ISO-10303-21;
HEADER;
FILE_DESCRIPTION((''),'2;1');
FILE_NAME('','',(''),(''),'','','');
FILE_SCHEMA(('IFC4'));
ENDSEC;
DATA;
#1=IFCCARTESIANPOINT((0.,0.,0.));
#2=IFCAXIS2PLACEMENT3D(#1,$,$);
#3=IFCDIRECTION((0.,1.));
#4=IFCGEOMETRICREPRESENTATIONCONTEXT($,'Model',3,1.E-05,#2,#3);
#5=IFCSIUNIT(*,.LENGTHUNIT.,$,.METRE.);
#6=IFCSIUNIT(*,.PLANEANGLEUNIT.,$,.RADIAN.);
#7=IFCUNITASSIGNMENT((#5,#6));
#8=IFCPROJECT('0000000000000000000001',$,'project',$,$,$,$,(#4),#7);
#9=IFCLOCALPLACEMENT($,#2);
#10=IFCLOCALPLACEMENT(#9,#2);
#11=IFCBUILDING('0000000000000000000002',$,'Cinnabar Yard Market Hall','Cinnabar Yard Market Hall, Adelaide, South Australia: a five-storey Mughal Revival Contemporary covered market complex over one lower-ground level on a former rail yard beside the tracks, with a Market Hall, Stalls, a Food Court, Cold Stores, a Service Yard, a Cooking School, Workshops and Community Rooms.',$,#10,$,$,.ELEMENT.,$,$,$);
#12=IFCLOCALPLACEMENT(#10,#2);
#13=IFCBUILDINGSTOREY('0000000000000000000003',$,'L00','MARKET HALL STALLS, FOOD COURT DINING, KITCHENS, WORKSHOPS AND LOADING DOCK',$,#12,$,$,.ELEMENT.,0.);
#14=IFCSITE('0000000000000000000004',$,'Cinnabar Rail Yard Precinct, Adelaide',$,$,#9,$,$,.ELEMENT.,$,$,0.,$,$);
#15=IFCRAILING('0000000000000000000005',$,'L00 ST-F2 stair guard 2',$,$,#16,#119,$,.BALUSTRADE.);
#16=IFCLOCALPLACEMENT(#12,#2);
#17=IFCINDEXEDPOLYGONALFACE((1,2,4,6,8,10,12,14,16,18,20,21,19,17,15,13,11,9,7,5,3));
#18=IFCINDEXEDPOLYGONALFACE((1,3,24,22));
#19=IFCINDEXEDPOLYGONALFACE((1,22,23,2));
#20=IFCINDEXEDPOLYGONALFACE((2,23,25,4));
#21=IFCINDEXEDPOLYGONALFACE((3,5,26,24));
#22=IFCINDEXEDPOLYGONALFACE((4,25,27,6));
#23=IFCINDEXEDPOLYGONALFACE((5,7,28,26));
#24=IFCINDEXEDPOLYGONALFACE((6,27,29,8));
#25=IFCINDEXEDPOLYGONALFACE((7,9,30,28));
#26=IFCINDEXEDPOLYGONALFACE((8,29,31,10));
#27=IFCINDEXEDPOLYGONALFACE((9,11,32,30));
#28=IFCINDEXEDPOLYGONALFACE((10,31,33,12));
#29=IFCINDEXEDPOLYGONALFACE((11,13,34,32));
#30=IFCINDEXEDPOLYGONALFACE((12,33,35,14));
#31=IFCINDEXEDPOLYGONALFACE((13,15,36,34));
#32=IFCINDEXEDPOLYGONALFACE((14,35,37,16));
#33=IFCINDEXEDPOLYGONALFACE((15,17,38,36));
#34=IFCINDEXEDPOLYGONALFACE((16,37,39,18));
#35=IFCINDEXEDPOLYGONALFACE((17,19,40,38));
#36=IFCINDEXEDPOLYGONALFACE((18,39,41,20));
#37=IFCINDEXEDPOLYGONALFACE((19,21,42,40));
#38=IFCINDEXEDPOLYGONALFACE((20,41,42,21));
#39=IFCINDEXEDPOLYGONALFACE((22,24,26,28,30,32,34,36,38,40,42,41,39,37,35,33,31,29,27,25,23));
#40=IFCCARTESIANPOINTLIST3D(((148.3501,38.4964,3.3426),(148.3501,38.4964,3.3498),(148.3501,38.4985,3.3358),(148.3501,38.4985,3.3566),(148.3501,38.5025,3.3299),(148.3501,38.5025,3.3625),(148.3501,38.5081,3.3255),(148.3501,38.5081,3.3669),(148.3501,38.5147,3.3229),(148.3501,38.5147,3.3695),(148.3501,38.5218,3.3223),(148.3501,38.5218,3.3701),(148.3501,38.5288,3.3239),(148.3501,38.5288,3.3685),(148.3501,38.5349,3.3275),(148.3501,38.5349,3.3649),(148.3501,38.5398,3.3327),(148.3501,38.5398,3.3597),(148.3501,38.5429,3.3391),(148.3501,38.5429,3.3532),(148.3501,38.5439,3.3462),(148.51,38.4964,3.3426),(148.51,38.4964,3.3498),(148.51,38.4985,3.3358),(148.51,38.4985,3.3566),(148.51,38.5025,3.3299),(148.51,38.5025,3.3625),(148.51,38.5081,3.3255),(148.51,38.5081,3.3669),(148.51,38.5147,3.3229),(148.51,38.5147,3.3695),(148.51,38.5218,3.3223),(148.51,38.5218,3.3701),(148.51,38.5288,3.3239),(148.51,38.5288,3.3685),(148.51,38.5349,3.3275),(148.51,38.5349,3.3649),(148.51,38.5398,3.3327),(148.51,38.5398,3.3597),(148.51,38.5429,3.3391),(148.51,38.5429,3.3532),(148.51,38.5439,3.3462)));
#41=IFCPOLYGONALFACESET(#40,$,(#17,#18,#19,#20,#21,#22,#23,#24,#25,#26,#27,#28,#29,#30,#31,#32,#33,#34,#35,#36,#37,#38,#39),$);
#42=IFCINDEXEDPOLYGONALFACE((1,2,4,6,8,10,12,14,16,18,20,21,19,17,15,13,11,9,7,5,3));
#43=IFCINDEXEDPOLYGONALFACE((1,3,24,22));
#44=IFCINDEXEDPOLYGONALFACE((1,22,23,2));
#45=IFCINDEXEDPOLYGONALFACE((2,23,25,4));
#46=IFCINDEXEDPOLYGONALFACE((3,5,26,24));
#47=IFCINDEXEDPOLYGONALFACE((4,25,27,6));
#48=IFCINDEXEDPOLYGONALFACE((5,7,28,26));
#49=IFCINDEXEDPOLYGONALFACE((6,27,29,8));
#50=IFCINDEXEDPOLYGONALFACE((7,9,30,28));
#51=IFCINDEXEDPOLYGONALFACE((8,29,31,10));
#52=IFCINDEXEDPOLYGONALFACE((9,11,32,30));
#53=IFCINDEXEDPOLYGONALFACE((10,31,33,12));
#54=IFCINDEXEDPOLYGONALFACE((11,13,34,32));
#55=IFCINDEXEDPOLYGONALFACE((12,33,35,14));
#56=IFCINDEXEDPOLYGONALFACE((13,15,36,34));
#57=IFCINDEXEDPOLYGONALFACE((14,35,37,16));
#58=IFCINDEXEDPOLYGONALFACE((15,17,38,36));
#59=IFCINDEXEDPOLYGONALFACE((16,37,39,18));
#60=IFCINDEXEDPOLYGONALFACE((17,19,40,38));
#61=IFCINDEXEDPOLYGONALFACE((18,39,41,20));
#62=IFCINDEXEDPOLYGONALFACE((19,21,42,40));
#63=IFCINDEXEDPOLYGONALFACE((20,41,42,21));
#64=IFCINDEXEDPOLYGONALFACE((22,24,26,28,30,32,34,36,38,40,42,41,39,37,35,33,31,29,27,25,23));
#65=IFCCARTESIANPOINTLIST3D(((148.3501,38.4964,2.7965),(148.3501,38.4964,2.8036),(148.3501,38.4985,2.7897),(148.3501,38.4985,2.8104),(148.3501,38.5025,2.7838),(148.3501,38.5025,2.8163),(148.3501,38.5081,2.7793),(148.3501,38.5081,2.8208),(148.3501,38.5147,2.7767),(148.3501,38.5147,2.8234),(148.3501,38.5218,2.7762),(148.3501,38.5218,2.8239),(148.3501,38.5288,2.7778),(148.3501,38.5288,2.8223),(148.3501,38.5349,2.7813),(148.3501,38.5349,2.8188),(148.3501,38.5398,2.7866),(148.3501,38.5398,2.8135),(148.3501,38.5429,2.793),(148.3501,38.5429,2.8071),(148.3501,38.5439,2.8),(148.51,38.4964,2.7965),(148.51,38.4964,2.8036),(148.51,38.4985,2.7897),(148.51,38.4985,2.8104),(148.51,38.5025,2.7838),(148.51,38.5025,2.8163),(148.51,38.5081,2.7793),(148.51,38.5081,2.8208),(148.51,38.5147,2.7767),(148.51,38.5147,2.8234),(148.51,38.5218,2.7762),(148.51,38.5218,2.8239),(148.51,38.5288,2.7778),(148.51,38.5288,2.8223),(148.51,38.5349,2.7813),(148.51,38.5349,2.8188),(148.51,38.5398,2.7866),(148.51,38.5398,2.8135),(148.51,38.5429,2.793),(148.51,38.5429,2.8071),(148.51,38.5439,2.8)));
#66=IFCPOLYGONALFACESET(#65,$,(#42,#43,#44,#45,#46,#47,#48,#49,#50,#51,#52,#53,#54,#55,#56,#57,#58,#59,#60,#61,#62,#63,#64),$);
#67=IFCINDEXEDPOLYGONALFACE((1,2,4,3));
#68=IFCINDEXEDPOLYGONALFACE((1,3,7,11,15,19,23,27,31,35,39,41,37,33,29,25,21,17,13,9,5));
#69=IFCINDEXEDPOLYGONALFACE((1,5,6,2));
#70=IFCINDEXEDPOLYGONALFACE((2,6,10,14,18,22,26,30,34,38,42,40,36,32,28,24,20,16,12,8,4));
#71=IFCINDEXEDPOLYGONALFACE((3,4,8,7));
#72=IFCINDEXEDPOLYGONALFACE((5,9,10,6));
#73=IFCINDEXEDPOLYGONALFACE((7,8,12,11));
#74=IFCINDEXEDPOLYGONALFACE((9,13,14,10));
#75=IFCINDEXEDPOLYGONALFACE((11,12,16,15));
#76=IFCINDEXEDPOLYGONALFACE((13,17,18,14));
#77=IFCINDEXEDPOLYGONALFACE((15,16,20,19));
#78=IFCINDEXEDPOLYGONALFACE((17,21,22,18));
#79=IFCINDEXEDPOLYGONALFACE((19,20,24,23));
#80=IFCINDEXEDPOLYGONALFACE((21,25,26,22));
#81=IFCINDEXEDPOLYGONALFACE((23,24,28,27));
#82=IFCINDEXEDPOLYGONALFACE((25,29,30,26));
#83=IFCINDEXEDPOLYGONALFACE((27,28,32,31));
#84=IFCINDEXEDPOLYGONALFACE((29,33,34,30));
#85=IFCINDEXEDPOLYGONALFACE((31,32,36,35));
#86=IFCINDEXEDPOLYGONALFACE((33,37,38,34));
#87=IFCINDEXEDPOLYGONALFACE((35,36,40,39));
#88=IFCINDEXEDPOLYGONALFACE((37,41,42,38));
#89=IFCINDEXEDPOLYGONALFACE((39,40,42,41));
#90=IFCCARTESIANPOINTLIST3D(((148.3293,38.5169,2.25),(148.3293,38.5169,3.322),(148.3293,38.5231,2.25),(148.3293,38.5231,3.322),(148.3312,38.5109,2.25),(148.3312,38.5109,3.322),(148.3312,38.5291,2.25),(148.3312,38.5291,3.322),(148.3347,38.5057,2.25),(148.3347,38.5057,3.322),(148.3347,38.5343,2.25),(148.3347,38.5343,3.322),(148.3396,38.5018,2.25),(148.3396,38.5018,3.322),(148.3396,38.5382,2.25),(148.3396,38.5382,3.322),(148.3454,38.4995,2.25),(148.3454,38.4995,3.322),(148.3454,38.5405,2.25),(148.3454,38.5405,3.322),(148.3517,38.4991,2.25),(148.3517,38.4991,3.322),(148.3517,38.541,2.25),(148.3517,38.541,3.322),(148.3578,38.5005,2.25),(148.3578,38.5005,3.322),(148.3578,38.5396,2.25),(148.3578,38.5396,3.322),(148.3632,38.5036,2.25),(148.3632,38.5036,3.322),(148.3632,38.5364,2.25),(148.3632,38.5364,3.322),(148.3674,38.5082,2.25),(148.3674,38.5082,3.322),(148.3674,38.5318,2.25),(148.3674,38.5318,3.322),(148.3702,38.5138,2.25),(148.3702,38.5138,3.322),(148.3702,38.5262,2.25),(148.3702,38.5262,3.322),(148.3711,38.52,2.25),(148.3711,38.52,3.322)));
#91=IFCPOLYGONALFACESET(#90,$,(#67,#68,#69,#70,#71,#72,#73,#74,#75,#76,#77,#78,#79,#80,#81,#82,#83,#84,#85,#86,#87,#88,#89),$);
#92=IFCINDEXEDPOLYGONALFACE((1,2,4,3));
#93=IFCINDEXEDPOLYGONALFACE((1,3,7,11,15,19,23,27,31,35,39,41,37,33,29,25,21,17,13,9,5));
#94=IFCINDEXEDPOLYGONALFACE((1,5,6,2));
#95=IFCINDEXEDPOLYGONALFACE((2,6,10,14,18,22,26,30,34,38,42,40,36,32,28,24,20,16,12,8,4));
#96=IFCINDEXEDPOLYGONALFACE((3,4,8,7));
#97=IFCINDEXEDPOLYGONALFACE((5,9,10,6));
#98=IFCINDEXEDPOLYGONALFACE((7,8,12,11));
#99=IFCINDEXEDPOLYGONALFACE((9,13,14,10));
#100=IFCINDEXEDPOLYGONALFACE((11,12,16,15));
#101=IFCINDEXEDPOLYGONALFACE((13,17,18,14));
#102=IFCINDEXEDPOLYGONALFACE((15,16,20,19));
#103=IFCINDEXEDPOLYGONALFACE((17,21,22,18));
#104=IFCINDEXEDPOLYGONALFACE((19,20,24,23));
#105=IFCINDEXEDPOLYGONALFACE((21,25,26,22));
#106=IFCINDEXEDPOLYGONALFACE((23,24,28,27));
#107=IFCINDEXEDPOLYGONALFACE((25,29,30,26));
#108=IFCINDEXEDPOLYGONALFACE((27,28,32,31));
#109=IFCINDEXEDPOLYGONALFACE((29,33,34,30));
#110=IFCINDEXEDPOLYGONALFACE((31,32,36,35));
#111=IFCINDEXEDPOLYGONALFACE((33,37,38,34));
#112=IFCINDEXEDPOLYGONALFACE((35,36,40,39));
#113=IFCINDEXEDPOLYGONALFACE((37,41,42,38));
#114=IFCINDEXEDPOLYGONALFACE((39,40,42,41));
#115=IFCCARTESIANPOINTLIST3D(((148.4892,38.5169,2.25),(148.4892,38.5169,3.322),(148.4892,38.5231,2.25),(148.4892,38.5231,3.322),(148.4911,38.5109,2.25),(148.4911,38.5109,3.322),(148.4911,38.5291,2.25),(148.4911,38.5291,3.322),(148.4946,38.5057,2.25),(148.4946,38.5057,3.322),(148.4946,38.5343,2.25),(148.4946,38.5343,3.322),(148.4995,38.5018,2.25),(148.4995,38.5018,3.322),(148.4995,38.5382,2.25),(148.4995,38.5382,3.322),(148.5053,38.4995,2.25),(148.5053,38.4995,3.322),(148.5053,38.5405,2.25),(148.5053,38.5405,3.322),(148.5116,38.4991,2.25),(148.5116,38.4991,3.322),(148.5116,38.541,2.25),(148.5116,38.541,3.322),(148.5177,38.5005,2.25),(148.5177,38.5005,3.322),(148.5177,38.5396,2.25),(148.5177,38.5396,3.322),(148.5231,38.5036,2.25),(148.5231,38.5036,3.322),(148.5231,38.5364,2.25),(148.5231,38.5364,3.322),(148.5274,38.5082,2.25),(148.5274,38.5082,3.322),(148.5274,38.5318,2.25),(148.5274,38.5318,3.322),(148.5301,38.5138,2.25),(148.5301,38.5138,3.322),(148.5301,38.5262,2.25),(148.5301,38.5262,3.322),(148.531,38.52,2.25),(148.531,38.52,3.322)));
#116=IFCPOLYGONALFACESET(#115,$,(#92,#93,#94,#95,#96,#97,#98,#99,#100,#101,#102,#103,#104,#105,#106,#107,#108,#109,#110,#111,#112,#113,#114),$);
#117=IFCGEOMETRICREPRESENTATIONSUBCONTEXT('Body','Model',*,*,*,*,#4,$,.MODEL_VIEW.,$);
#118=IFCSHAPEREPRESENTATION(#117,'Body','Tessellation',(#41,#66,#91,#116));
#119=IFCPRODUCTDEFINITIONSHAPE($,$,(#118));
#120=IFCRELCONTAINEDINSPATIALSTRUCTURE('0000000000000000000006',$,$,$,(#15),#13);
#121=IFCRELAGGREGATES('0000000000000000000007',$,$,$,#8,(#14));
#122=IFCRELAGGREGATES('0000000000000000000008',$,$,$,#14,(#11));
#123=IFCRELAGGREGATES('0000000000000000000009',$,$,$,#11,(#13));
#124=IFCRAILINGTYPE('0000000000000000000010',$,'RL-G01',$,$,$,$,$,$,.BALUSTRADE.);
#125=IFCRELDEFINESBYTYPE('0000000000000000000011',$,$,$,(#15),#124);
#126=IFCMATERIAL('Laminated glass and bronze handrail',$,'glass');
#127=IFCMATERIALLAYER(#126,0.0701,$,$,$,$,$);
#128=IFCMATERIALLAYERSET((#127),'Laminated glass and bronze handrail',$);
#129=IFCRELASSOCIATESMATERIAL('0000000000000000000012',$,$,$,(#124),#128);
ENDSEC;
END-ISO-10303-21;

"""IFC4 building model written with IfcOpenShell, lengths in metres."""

from ifc_helpers import new_model, si_unit, direction, frame, origin, origin_2d_with_axis, place, context, subcontext, project, spatial, circle, extrude, material, layer, layer_set, type_object, element, save


model = new_model("IFC4")

# Units and contexts
model_context = context("Model", 3, precision=1e-05, world=origin(), true_north=direction((0.0, 1.0)))
body_context = subcontext(model_context, "Body", "Model", "MODEL_VIEW")
ifc_project = project(units=[si_unit("LENGTHUNIT", "METRE"), si_unit("PLANEANGLEUNIT", "RADIAN")], contexts=[model_context])

# Site, building, storey
site_placement = place(None, origin())
site = spatial("IfcSite", under=ifc_project, at=site_placement, Name="Cinnabar Rail Yard Precinct, Adelaide", CompositionType="ELEMENT", RefElevation=0.0)
building_placement = place(site_placement, origin())
building = spatial("IfcBuilding", under=site, at=building_placement, Name="Cinnabar Yard Market Hall", Description="Cinnabar Yard Market Hall, Adelaide, South Australia: a five-storey Mughal Revival Contemporary covered market complex over one lower-ground level on a former rail yard beside the tracks, with a Market Hall, Stalls, a Food Court, Cold Stores, a Service Yard, a Cooking School, Workshops and Community Rooms.", CompositionType="ELEMENT")
storey_placement = place(building_placement, origin())
storey = spatial("IfcBuildingStorey", under=building, at=storey_placement, Name="L00", Description="MARKET HALL STALLS, FOOD COURT DINING, KITCHENS, WORKSHOPS AND LOADING DOCK", CompositionType="ELEMENT", Elevation=0.0)

# Railing
ifc_material_1 = material(Name="Laminated glass and bronze handrail", Category="glass")
ifc_layer_1 = layer(ifc_material_1, 0.0701)
ifc_layer_set_1 = layer_set([ifc_layer_1], Name="Laminated glass and bronze handrail")
railing_type_1 = type_object("IfcRailingType", Name="RL-G01", PredefinedType="BALUSTRADE", material=ifc_layer_set_1)
railing_1_placement = place(storey_placement, frame((148.3501, 38.52, 2.25)))
element("IfcRailing", 1, at=railing_1_placement, inside=storey, type_object=railing_type_1, Name="L00 ST-F2 stair guard 2", PredefinedType="BALUSTRADE", context=body_context, shape_type="SweptSolid", body=[
    extrude(circle(Radius=0.0239, at=origin_2d_with_axis()), frame((0.0, 0.0, 1.0962), z_axis=(1.0, 0.0, 0.0), x_axis=(0.0, 1.0, 0.0)), (0.0, 0.0, 1.0), 0.1599),
    extrude(circle(Radius=0.0239, at=origin_2d_with_axis()), frame((0.0, 0.0, 0.55), z_axis=(1.0, 0.0, 0.0), x_axis=(0.0, 1.0, 0.0)), (0.0, 0.0, 1.0), 0.1599),
    extrude(circle(Radius=0.021, at=origin_2d_with_axis()), origin(), (0.0, 0.0, 1.0), 1.072),
    extrude(circle(Radius=0.021, at=origin_2d_with_axis()), frame((0.1599, 0.0, 0.0)), (0.0, 0.0, 1.0), 1.072),
])

save(model, "model.ifc")
